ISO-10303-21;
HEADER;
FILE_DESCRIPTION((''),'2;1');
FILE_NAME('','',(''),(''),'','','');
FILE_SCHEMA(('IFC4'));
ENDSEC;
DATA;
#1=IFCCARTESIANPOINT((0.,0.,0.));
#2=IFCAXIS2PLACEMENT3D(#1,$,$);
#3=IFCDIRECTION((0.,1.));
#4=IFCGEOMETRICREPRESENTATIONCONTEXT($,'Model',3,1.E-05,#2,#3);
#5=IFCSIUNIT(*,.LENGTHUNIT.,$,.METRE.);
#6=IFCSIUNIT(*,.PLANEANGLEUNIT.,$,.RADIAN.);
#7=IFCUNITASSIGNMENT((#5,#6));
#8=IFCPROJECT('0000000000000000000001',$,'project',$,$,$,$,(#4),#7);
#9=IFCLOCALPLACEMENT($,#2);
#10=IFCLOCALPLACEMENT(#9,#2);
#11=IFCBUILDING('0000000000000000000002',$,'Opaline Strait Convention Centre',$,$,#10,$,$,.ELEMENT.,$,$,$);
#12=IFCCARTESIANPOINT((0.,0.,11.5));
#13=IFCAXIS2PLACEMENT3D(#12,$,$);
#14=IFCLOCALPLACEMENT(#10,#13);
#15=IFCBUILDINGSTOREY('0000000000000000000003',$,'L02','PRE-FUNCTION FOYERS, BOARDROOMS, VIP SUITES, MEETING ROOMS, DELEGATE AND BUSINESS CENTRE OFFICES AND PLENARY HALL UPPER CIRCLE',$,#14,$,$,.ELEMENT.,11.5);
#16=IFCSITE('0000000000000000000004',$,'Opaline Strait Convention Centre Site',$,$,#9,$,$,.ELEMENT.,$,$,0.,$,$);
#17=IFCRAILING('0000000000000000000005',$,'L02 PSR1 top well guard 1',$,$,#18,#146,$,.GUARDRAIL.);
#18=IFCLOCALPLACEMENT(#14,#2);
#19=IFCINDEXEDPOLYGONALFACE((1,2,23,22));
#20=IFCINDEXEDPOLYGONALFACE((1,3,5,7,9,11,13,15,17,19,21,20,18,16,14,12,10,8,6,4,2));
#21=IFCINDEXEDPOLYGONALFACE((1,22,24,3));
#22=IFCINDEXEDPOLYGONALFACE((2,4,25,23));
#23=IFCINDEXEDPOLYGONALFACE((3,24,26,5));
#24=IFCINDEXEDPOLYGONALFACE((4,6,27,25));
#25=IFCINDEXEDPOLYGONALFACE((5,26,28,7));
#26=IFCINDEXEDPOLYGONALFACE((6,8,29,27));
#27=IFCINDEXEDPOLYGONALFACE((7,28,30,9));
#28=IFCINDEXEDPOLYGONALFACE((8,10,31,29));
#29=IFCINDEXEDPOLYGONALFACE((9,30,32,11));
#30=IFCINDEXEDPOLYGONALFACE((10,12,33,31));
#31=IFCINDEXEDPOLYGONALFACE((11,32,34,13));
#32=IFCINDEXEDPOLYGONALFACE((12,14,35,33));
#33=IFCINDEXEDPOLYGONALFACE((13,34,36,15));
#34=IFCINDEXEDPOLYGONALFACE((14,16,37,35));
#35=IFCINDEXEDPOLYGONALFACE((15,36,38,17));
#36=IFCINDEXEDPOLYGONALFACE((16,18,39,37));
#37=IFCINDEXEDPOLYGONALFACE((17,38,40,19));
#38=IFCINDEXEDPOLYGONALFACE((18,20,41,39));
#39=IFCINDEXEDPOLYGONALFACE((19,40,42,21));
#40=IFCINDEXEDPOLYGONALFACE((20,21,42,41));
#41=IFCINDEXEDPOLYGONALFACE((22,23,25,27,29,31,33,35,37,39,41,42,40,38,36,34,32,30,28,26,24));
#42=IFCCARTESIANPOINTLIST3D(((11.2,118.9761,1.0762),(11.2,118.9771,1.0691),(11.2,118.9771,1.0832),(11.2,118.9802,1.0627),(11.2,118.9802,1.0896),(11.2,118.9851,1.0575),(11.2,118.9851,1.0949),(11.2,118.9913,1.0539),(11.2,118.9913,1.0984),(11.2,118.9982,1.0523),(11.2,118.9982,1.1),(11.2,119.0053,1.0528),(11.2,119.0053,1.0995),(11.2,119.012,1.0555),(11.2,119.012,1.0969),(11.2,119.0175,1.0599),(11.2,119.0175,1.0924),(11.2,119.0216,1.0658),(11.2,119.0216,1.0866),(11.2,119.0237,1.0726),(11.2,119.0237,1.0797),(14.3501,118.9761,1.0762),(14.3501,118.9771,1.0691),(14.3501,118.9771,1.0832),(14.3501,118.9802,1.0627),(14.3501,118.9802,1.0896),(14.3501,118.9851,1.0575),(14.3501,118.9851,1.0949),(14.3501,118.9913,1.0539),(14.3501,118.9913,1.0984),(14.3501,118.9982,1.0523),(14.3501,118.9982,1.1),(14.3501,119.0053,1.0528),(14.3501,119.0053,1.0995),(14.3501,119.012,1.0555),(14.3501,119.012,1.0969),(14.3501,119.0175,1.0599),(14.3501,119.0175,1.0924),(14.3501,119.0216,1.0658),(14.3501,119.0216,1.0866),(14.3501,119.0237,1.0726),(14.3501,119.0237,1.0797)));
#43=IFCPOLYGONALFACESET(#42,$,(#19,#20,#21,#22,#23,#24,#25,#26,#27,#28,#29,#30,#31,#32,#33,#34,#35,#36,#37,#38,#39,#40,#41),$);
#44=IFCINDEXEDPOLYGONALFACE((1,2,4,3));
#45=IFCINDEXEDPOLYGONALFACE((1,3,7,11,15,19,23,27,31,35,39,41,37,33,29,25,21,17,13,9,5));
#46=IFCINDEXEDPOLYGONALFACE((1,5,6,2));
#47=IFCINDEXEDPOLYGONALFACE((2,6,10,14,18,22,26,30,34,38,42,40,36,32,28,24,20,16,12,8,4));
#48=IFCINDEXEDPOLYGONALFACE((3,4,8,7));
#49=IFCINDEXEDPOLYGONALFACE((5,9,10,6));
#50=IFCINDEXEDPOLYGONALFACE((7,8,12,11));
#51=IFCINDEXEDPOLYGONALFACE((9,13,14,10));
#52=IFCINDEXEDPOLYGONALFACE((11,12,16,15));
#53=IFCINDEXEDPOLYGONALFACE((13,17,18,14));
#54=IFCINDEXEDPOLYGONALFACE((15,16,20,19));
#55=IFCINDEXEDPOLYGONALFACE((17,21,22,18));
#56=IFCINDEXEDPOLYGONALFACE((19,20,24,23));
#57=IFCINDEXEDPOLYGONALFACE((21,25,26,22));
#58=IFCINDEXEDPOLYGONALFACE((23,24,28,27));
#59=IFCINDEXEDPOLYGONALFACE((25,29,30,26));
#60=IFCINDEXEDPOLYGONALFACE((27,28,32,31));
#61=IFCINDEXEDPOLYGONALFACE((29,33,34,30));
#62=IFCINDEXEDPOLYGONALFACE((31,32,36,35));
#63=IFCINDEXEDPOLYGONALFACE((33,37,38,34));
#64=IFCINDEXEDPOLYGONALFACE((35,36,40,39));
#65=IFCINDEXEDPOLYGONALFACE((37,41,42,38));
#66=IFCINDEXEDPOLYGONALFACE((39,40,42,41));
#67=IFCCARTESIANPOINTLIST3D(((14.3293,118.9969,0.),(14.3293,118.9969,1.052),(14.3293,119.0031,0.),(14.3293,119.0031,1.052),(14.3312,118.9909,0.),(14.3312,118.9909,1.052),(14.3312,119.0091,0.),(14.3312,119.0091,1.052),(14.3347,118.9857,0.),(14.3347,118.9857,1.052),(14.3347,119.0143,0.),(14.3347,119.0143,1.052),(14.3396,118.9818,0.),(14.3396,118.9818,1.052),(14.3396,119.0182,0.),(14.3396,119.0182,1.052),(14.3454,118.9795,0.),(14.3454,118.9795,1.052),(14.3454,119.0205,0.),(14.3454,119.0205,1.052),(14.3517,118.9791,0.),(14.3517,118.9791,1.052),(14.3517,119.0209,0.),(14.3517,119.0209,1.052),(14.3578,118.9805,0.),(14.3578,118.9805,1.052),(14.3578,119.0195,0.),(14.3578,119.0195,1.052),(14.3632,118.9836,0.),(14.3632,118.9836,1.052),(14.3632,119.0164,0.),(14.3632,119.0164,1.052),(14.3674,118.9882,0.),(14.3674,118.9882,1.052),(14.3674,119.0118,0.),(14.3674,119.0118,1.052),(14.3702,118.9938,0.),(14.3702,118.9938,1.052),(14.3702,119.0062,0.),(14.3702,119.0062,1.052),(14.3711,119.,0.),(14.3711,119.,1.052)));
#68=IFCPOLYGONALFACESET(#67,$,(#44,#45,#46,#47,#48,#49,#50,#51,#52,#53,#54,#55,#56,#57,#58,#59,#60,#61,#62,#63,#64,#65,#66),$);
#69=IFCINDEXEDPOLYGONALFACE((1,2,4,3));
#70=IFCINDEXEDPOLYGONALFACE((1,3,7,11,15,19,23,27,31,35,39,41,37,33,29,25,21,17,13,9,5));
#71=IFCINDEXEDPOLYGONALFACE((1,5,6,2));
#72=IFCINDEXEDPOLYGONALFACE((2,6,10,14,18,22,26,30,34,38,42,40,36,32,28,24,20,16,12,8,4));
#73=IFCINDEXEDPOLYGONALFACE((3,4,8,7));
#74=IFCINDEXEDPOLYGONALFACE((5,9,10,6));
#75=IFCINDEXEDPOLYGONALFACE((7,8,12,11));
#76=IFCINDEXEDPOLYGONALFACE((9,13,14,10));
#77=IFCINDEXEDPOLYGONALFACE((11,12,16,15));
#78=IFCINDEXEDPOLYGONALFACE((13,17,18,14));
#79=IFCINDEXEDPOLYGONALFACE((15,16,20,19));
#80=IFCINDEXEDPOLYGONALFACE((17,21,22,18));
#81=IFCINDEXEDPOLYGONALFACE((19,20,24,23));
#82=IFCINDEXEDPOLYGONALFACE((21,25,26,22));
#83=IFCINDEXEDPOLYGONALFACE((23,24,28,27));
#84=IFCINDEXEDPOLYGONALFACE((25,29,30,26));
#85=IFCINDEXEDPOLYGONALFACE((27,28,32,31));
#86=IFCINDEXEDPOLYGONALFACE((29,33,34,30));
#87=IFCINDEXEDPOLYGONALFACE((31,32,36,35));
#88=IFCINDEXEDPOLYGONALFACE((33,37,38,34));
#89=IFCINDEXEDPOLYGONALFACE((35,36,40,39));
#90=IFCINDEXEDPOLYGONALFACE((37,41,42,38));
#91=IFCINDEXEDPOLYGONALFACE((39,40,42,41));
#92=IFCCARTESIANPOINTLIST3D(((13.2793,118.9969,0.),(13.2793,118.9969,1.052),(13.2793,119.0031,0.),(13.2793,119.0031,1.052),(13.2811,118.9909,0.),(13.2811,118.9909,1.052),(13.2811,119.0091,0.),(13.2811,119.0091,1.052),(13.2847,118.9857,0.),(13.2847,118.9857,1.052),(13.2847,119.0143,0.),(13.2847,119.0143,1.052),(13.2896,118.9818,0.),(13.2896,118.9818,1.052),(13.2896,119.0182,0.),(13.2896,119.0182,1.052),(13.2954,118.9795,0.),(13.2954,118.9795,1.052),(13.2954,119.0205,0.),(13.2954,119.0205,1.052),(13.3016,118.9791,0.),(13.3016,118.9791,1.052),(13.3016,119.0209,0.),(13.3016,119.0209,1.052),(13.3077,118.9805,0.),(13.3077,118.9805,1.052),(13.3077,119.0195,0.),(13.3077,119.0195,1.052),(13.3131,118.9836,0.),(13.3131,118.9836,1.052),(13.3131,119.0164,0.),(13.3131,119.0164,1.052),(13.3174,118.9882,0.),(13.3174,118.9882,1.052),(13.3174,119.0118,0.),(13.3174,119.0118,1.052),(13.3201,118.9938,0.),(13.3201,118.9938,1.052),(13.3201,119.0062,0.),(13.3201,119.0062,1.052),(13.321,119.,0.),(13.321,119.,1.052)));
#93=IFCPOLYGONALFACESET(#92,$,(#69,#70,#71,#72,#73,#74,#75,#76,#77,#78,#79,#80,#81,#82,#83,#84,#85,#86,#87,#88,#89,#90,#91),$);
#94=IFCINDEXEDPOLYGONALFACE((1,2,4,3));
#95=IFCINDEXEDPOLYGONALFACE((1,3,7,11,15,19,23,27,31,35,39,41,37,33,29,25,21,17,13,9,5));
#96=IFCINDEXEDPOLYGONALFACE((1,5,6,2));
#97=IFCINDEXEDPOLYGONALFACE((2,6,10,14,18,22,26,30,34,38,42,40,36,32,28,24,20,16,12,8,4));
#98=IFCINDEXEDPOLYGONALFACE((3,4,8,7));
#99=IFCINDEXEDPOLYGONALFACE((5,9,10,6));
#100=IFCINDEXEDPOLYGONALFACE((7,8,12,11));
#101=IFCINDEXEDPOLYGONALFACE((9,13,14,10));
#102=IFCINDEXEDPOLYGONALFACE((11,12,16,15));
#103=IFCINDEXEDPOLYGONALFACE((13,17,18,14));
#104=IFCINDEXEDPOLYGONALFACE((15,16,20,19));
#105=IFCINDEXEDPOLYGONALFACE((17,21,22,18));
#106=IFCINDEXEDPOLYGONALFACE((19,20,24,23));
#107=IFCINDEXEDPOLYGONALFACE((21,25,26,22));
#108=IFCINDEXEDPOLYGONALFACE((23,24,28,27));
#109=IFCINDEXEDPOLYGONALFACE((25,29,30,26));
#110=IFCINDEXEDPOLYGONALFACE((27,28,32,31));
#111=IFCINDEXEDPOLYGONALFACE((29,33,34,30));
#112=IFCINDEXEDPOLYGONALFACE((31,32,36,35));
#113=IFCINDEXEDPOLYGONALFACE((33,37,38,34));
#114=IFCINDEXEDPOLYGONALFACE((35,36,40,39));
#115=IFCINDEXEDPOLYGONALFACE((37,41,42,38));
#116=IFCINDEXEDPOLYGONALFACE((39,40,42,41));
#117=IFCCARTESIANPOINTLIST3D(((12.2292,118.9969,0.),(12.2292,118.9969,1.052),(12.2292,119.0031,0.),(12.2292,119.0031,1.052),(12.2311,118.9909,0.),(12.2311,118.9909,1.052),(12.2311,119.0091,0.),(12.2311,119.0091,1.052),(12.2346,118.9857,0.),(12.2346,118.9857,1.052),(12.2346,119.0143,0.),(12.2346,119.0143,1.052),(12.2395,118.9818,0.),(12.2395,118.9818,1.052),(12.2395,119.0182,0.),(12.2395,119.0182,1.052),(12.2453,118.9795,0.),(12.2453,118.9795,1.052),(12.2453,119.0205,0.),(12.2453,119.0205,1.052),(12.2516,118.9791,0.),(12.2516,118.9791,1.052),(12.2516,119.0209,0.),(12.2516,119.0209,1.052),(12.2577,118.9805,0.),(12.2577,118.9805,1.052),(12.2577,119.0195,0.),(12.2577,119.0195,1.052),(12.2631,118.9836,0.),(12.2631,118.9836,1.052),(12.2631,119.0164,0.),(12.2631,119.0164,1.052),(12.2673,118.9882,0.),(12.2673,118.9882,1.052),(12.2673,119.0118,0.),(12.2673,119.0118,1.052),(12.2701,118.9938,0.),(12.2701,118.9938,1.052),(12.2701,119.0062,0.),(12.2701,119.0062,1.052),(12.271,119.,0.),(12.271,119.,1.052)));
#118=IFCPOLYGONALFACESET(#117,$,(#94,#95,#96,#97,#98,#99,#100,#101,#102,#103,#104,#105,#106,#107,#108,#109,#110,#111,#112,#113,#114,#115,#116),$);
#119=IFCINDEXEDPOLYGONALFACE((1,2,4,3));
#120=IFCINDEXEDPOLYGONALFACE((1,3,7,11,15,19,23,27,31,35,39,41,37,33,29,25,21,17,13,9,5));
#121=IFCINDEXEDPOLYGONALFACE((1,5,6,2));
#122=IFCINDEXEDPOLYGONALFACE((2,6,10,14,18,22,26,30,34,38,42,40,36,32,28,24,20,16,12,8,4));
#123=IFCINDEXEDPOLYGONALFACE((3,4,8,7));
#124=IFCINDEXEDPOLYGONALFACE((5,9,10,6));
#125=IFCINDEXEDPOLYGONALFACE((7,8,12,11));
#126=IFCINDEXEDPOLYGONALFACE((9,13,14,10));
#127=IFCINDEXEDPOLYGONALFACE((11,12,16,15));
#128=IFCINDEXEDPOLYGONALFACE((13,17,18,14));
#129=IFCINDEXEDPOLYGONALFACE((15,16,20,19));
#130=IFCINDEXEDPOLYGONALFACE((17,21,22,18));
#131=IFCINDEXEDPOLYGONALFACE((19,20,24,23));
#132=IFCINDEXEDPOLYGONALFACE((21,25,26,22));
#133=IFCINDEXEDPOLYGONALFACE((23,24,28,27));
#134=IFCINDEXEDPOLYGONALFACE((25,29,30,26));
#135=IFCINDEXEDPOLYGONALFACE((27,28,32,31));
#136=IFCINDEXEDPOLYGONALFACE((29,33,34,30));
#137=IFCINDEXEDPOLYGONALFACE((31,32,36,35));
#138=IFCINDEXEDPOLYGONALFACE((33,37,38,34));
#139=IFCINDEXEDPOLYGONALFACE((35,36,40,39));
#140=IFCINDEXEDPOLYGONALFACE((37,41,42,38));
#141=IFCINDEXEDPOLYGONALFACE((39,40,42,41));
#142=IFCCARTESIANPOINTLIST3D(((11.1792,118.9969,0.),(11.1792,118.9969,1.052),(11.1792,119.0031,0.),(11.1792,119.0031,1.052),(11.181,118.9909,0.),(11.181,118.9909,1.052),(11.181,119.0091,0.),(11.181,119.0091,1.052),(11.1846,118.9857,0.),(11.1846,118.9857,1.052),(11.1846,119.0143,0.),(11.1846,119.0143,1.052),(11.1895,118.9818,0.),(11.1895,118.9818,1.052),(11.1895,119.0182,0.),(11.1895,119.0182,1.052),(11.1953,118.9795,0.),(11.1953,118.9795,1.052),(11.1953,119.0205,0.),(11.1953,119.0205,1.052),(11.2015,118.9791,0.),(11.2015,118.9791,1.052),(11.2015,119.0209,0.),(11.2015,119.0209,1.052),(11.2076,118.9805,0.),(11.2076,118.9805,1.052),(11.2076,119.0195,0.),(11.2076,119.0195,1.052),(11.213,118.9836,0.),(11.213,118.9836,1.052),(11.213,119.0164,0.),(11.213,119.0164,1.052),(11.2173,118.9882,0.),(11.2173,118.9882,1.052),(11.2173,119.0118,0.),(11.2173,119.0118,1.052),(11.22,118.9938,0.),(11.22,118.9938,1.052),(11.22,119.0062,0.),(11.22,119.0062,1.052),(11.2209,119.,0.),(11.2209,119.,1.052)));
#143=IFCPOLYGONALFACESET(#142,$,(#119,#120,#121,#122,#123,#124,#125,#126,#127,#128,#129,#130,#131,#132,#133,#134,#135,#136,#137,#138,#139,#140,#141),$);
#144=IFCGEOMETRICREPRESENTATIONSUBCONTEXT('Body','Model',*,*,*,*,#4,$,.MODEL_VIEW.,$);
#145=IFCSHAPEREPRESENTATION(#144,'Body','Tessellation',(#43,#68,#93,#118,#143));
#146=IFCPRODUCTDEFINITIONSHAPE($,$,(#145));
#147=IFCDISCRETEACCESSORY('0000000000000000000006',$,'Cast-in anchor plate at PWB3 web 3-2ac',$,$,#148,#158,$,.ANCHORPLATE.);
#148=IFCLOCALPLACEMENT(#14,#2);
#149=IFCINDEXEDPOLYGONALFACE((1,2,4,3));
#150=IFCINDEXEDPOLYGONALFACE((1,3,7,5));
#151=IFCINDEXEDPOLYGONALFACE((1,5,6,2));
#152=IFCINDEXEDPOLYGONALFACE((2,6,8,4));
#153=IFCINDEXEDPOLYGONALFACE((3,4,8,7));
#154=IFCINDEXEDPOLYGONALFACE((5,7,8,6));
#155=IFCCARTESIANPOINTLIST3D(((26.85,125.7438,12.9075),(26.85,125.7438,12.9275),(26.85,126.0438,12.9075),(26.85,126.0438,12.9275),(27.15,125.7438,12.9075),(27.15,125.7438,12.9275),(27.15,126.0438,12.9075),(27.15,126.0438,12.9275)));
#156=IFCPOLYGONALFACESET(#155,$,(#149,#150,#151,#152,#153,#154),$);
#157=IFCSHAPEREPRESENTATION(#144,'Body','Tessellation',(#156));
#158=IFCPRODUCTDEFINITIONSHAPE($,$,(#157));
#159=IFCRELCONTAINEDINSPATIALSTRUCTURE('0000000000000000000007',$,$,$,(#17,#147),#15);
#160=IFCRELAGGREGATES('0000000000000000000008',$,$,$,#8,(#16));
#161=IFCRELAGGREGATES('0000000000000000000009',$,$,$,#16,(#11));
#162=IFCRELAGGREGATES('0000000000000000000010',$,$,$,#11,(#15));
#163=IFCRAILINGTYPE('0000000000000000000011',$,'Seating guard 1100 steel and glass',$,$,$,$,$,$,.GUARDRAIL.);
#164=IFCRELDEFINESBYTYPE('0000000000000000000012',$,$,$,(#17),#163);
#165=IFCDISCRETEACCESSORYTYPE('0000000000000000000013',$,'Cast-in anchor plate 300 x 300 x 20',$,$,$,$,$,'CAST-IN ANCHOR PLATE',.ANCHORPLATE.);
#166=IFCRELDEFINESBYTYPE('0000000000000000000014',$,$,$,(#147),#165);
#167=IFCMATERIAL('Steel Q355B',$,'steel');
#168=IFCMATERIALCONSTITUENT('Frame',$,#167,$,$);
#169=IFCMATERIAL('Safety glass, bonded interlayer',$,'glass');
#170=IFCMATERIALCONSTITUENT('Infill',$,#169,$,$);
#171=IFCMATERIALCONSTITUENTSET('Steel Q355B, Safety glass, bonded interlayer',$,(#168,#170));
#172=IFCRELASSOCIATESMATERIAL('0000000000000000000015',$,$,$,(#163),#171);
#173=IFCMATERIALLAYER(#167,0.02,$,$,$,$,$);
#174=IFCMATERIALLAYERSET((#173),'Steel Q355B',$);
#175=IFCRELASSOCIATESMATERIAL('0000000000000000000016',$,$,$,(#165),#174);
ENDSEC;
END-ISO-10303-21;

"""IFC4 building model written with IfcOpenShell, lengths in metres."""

from ifc_helpers import new_model, si_unit, direction, frame, origin, origin_2d, place, context, subcontext, project, spatial, rectangle, circle, extrude, material, layer, layer_set, constituent, constituent_set, type_object, element, save


model = new_model("IFC4")

# Units and contexts
model_context = context("Model", 3, precision=1e-05, world=origin(), true_north=direction((0.0, 1.0)))
body_context = subcontext(model_context, "Body", "Model", "MODEL_VIEW")
ifc_project = project(units=[si_unit("LENGTHUNIT", "METRE"), si_unit("PLANEANGLEUNIT", "RADIAN")], contexts=[model_context])

# Site, building, storey
site_placement = place(None, origin())
site = spatial("IfcSite", under=ifc_project, at=site_placement, Name="Opaline Strait Convention Centre Site", CompositionType="ELEMENT", RefElevation=0.0)
building_placement = place(site_placement, origin())
building = spatial("IfcBuilding", under=site, at=building_placement, Name="Opaline Strait Convention Centre", CompositionType="ELEMENT")
storey_placement = place(building_placement, frame((0.0, 0.0, 11.5)))
storey = spatial("IfcBuildingStorey", under=building, at=storey_placement, Name="L02", Description="PRE-FUNCTION FOYERS, BOARDROOMS, VIP SUITES, MEETING ROOMS, DELEGATE AND BUSINESS CENTRE OFFICES AND PLENARY HALL UPPER CIRCLE", CompositionType="ELEMENT", Elevation=11.5)

# Shared definitions
ifc_material_1 = material(Name="Steel Q355B", Category="steel")

# Railing
ifc_constituent_1 = constituent(ifc_material_1, Name="Frame")
ifc_material_2 = material(Name="Safety glass, bonded interlayer", Category="glass")
ifc_constituent_2 = constituent(ifc_material_2, Name="Infill")
ifc_constituent_set = constituent_set(constituents=[ifc_constituent_1, ifc_constituent_2], Name="Steel Q355B, Safety glass, bonded interlayer")
railing_type = type_object("IfcRailingType", Name="Seating guard 1100 steel and glass", PredefinedType="GUARDRAIL", material=ifc_constituent_set)
railing_1_placement = place(storey_placement, frame((14.3501, 119.0, 0.0)))
element("IfcRailing", 1, at=railing_1_placement, inside=storey, type_object=railing_type, Name="L02 PSR1 top well guard 1", PredefinedType="GUARDRAIL", context=body_context, shape_type="SweptSolid", body=[
    extrude(circle(Radius=0.0239, at=origin_2d()), frame((0.0, 0.0, 1.0762), z_axis=(-1.0, 0.0, 0.0), x_axis=(0.0, -1.0, 0.0)), (0.0, 0.0, 1.0), 3.1501),
    extrude(circle(Radius=0.021, at=origin_2d()), origin(), (0.0, 0.0, 1.0), 1.052),
    extrude(circle(Radius=0.021, at=origin_2d()), frame((-1.05, 0.0, 0.0)), (0.0, 0.0, 1.0), 1.052),
    extrude(circle(Radius=0.021, at=origin_2d()), frame((-2.1001, 0.0, 0.0)), (0.0, 0.0, 1.0), 1.052),
    extrude(circle(Radius=0.021, at=origin_2d()), frame((-3.1501, 0.0, 0.0)), (0.0, 0.0, 1.0), 1.052),
])

# Discrete accessory
ifc_layer_1 = layer(ifc_material_1, 0.02)
ifc_layer_set_1 = layer_set([ifc_layer_1], Name="Steel Q355B")
discrete_accessory_type = type_object("IfcDiscreteAccessoryType", Name="Cast-in anchor plate 300 x 300 x 20", ElementType="CAST-IN ANCHOR PLATE", PredefinedType="ANCHORPLATE", material=ifc_layer_set_1)
discrete_accessory_placement = place(storey_placement, frame((27.0, 125.8938, 12.9075), z_axis=(0.0, 0.0, 1.0), x_axis=(1.0, 0.0, 0.0)))
element("IfcDiscreteAccessory", 2, at=discrete_accessory_placement, inside=storey, type_object=discrete_accessory_type, Name="Cast-in anchor plate at PWB3 web 3-2ac", PredefinedType="ANCHORPLATE", context=body_context, shape_type="SweptSolid", body=[
    extrude(rectangle(XDim=0.3, YDim=0.3, at=origin_2d()), origin(), (0.0, 0.0, 1.0), 0.02),
])

save(model, "model.ifc")
